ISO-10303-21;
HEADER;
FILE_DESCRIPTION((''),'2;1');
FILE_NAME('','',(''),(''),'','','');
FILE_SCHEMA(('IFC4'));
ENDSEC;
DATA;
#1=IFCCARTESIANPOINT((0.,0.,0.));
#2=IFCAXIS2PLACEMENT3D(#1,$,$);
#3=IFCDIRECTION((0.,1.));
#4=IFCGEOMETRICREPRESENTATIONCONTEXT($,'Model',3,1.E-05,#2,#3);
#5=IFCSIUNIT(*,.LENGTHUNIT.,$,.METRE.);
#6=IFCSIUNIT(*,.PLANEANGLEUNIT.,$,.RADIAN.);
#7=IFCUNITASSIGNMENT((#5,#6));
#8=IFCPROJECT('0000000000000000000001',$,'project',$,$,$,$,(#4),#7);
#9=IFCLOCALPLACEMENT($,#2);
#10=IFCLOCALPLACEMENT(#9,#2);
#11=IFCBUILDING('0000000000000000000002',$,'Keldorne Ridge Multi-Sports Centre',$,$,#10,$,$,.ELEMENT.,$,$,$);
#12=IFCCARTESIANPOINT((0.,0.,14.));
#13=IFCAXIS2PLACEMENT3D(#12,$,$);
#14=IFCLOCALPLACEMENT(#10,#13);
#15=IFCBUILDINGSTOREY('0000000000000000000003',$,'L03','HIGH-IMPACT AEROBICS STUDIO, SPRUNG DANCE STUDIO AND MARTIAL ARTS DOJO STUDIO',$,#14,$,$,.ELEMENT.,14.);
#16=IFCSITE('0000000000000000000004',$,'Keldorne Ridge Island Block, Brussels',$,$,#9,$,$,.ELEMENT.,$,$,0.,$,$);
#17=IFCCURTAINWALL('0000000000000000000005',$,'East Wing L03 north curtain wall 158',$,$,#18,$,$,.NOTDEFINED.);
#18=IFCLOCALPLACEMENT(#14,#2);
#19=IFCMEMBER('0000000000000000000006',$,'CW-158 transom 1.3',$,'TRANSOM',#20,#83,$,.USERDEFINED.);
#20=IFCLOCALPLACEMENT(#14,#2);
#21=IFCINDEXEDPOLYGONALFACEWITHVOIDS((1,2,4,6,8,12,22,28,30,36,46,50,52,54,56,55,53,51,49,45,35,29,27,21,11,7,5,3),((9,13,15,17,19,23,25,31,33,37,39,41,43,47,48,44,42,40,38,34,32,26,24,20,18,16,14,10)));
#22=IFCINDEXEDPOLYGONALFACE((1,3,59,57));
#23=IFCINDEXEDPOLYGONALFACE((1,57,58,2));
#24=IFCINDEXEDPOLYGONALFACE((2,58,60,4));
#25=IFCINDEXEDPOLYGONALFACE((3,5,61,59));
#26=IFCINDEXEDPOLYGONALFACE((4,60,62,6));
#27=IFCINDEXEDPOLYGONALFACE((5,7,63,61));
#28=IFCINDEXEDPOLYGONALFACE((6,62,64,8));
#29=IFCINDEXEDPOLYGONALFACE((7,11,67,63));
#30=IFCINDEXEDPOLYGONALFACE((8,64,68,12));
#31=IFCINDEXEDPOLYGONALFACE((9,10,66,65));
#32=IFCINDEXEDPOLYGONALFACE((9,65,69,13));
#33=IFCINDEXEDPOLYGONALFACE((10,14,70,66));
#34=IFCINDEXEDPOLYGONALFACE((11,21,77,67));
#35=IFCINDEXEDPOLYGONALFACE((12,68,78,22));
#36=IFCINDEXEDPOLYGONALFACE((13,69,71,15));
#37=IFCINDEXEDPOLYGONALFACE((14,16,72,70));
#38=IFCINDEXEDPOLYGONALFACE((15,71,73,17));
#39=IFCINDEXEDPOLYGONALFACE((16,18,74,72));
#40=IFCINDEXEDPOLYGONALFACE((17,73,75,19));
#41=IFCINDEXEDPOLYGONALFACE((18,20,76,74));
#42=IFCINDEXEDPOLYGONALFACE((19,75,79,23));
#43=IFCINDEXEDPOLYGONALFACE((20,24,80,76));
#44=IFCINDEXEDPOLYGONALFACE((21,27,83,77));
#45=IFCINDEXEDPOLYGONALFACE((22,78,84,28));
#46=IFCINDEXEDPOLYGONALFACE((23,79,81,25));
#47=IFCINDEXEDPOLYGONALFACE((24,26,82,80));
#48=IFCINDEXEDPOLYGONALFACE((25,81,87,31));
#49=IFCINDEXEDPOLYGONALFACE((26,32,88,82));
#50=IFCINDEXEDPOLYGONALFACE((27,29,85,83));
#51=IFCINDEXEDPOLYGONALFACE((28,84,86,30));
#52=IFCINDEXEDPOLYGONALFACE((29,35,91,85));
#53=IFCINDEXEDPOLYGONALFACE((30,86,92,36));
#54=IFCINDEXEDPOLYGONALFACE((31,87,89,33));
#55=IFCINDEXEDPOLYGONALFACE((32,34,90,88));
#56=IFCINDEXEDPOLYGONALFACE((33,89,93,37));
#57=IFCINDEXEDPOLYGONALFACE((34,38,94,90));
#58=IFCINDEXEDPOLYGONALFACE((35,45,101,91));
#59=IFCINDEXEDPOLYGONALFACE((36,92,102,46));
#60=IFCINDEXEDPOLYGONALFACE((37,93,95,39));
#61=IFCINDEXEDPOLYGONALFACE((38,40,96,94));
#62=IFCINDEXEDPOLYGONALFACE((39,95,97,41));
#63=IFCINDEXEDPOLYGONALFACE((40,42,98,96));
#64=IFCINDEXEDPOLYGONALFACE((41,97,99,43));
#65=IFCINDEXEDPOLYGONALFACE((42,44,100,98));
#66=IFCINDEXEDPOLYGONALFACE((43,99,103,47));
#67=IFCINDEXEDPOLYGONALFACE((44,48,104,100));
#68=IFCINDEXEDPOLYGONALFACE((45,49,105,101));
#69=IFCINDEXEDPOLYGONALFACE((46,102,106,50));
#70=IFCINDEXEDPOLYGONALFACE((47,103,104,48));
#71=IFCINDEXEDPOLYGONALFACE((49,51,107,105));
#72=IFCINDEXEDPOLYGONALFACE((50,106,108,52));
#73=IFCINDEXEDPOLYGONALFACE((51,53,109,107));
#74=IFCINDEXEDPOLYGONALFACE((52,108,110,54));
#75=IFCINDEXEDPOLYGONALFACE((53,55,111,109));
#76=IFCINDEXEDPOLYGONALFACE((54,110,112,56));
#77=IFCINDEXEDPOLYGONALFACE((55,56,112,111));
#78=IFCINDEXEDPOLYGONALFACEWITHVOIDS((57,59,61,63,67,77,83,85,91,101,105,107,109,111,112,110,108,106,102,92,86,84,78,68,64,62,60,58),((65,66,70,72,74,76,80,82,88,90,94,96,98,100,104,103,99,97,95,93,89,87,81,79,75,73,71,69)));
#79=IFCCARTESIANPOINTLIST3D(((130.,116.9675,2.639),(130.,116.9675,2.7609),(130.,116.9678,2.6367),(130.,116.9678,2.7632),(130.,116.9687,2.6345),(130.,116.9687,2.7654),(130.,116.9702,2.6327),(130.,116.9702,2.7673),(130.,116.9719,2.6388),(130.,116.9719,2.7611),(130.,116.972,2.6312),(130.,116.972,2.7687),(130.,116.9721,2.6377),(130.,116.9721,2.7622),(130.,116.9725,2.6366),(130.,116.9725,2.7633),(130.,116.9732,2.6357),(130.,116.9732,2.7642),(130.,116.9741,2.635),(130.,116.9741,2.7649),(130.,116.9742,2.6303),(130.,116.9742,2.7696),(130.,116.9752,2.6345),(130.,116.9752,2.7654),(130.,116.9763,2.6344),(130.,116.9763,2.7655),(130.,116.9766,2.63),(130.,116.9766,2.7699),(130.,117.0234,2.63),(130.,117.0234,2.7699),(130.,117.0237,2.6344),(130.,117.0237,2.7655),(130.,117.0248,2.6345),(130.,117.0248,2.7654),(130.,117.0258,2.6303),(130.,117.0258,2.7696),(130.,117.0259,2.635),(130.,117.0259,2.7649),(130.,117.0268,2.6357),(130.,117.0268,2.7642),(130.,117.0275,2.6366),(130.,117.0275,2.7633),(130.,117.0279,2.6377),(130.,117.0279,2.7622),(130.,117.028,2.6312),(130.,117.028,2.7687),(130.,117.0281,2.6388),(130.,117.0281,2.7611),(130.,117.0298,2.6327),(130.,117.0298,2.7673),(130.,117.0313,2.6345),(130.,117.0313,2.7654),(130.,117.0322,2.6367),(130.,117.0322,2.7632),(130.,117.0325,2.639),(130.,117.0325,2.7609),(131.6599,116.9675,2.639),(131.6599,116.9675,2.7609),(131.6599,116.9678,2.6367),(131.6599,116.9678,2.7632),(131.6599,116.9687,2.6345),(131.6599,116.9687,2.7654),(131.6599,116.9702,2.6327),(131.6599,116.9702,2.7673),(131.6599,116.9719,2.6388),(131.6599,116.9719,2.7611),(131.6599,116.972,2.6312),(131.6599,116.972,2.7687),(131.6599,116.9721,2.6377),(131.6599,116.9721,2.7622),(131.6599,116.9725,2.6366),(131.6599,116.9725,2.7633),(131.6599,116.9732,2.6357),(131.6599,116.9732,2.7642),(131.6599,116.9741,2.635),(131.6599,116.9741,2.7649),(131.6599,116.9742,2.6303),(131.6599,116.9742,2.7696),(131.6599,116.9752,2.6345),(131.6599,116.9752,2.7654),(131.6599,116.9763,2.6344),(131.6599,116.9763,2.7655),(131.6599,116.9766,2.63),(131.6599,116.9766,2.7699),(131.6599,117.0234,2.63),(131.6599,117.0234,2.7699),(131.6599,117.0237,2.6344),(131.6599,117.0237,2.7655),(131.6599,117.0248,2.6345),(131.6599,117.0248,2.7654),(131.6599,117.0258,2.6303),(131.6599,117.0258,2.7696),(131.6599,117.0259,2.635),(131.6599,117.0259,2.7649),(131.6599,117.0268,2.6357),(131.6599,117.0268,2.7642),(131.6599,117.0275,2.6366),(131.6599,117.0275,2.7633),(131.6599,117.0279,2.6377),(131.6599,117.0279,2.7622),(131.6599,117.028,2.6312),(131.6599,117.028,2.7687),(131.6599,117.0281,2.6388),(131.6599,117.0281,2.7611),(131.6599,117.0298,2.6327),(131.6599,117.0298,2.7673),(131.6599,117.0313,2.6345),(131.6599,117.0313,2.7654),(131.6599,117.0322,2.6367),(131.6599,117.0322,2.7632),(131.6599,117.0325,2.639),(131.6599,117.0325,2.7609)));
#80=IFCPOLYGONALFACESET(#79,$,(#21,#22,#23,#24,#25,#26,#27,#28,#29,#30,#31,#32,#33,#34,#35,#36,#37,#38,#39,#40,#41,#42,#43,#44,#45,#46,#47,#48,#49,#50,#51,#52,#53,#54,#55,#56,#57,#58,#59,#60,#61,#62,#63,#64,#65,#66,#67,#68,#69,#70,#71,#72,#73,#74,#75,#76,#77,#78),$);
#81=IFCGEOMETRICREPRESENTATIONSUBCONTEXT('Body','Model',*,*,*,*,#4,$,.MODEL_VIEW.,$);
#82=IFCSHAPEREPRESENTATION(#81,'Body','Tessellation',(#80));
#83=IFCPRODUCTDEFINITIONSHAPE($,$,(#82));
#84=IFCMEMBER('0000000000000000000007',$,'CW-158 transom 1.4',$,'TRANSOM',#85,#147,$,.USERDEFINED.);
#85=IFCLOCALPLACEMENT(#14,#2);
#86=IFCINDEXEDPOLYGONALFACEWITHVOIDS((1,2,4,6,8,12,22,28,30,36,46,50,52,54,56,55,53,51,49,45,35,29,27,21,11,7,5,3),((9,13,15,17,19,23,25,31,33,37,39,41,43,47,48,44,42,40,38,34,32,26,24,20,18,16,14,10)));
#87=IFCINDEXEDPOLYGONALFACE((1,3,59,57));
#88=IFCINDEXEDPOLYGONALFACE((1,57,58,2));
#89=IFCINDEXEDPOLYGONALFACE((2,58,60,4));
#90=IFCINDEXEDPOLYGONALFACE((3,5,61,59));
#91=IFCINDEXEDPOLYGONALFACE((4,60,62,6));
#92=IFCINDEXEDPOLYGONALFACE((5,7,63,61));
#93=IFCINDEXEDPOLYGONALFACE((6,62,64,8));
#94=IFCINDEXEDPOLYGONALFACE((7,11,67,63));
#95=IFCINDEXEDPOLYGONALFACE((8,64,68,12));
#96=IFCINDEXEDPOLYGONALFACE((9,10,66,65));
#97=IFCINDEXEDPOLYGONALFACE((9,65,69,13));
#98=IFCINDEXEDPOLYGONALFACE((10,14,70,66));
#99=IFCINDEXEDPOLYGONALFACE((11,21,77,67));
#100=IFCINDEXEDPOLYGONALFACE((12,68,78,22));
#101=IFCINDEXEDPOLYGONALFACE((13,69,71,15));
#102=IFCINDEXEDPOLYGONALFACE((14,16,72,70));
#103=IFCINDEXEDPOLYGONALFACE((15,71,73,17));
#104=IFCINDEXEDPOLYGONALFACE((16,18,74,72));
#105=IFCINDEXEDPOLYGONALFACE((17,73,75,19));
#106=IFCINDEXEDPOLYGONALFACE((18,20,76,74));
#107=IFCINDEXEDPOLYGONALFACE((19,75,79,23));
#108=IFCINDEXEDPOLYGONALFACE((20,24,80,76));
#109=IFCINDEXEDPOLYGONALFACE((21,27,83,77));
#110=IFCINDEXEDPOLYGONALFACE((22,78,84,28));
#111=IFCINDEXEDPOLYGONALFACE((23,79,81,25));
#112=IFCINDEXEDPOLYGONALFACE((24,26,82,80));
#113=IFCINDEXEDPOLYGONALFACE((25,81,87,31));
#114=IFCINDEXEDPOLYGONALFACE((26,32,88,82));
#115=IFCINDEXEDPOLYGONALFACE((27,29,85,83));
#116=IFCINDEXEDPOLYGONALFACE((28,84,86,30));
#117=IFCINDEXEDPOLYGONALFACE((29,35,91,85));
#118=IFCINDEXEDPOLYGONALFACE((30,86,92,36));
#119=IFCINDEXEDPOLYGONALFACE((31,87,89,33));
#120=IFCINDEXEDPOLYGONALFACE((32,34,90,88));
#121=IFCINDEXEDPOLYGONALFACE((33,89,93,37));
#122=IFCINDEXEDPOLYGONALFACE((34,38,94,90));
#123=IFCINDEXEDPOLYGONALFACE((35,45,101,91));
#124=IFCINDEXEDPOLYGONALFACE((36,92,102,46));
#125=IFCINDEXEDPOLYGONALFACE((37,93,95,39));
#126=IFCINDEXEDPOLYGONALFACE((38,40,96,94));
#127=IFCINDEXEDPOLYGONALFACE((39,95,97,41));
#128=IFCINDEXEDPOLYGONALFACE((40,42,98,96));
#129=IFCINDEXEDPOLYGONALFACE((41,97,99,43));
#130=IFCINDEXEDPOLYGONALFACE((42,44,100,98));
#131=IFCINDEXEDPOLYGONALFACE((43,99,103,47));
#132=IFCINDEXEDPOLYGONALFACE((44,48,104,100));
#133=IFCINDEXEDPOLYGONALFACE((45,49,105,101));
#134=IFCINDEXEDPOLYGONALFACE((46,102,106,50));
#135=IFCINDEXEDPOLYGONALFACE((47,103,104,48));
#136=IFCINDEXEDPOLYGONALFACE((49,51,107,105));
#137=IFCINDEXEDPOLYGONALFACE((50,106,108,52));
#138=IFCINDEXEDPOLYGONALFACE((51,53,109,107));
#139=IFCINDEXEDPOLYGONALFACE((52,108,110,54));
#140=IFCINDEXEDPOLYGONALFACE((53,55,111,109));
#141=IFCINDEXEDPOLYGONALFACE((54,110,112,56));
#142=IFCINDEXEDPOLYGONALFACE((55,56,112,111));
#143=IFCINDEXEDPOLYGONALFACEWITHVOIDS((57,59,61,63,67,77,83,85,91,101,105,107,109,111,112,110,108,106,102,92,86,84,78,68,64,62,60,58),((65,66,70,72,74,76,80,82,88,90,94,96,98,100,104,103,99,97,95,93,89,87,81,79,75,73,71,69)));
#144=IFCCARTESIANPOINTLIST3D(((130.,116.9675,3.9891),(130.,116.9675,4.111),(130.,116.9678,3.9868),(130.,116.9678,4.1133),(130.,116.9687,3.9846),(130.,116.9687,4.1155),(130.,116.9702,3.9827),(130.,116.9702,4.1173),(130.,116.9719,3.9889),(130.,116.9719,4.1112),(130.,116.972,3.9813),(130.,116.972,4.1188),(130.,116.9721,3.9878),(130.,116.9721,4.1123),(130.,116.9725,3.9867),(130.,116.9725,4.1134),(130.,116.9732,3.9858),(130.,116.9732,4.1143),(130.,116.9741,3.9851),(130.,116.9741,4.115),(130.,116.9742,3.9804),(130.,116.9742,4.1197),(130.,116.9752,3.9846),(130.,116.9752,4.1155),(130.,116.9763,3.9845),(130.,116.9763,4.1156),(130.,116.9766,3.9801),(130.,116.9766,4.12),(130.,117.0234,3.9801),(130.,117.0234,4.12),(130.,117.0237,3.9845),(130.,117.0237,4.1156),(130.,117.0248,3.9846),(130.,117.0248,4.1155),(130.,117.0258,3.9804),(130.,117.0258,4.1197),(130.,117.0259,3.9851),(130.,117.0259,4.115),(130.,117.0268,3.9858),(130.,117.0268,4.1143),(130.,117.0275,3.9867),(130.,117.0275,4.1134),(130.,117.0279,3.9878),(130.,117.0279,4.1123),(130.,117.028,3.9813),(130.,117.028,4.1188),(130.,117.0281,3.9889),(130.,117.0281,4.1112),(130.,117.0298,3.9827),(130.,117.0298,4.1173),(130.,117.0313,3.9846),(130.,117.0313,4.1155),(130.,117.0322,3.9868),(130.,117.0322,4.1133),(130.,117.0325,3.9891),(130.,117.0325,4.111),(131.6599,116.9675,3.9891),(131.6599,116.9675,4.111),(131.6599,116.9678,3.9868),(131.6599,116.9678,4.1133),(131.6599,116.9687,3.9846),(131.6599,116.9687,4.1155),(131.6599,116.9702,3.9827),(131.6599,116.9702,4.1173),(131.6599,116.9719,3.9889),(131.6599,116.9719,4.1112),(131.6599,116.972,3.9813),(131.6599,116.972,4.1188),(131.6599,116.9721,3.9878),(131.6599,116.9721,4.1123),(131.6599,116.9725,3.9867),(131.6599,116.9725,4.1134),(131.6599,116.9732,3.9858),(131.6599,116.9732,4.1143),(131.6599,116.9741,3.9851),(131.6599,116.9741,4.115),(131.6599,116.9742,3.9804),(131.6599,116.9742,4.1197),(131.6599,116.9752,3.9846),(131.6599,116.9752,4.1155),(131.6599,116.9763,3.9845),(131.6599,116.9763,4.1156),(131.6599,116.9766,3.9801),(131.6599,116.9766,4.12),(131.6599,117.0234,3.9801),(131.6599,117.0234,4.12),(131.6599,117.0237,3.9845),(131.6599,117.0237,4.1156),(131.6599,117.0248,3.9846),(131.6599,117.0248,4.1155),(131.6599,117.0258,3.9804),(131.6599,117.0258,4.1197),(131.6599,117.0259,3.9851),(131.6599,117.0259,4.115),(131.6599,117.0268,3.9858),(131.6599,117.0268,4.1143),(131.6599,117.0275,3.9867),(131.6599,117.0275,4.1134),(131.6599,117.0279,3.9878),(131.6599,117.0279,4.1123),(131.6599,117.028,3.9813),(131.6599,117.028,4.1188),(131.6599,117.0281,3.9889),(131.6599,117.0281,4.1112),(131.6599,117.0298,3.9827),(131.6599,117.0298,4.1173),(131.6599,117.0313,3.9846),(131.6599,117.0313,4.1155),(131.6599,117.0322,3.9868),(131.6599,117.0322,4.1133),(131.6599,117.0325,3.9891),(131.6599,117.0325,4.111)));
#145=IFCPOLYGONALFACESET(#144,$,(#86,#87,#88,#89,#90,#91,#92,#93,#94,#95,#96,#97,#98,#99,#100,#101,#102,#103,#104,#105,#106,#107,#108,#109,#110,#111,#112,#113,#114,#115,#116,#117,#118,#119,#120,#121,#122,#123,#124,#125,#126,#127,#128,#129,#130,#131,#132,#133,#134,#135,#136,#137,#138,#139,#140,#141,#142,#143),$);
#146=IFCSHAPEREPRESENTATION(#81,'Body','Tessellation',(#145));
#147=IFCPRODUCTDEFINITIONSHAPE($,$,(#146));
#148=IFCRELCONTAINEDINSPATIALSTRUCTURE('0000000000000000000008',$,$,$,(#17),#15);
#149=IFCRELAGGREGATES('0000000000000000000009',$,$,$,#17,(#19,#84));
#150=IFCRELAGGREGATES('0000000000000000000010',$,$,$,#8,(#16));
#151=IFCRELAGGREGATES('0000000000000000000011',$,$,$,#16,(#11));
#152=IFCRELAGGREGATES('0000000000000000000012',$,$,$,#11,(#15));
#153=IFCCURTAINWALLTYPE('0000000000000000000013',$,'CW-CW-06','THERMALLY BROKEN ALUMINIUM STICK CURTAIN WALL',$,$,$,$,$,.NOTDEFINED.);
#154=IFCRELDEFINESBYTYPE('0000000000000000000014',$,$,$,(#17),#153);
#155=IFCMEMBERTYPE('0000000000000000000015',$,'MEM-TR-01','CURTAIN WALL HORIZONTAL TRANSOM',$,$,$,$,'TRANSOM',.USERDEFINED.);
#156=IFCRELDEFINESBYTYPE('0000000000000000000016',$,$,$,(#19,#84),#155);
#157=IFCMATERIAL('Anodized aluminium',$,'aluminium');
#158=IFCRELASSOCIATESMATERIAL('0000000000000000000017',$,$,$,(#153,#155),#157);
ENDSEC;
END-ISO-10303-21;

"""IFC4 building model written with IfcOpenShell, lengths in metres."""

from ifc_helpers import new_model, si_unit, direction, frame, origin, origin_2d, place, context, subcontext, project, spatial, hollow_rectangle, extrude, material, material_profile, profile_set, type_object, element, aggregate, save


model = new_model("IFC4")

# Units and contexts
model_context = context("Model", 3, precision=1e-05, world=origin(), true_north=direction((0.0, 1.0)))
body_context = subcontext(model_context, "Body", "Model", "MODEL_VIEW")
ifc_project = project(units=[si_unit("LENGTHUNIT", "METRE"), si_unit("PLANEANGLEUNIT", "RADIAN")], contexts=[model_context])

# Site, building, storey
site_placement = place(None, origin())
site = spatial("IfcSite", under=ifc_project, at=site_placement, Name="Keldorne Ridge Island Block, Brussels", CompositionType="ELEMENT", RefElevation=0.0)
building_placement = place(site_placement, origin())
building = spatial("IfcBuilding", under=site, at=building_placement, Name="Keldorne Ridge Multi-Sports Centre", CompositionType="ELEMENT")
storey_placement = place(building_placement, frame((0.0, 0.0, 14.0)))
storey = spatial("IfcBuildingStorey", under=building, at=storey_placement, Name="L03", Description="HIGH-IMPACT AEROBICS STUDIO, SPRUNG DANCE STUDIO AND MARTIAL ARTS DOJO STUDIO", CompositionType="ELEMENT", Elevation=14.0)

# Curtain wall, members
ifc_material_1 = material(Name="Anodized aluminium", Category="aluminium")
curtain_wall_type = type_object("IfcCurtainWallType", Name="CW-CW-06", Description="THERMALLY BROKEN ALUMINIUM STICK CURTAIN WALL", PredefinedType="NOTDEFINED", material=ifc_material_1)
curtain_wall_placement = place(storey_placement, origin())
curtain_wall = element("IfcCurtainWall", 1, at=curtain_wall_placement, inside=storey, type_object=curtain_wall_type, Name="East Wing L03 north curtain wall 158", PredefinedType="NOTDEFINED")
ifc_material_profile_1 = material_profile(ifc_material_1, hollow_rectangle(XDim=0.0649, YDim=0.1399, WallThickness=0.0044, InnerFilletRadius=0.0044, OuterFilletRadius=0.009, at=origin_2d()), Name="ALU TRANSOM 140x65x4.5")
ifc_profile_set_1 = profile_set([ifc_material_profile_1], Name="Anodized aluminium")
member_type_1 = type_object("IfcMemberType", Name="MEM-TR-01", Description="CURTAIN WALL HORIZONTAL TRANSOM", ElementType="TRANSOM", PredefinedType="USERDEFINED", material=ifc_profile_set_1)
member_1_placement = place(storey_placement, frame((131.6599, 117.0, 2.7), z_axis=(-1.0, 0.0, 0.0), x_axis=(0.0, -1.0, 0.0)))
member_1 = element("IfcMember", 2, at=member_1_placement, type_object=member_type_1, Name="CW-158 transom 1.3", ObjectType="TRANSOM", PredefinedType="USERDEFINED", context=body_context, shape_type="SweptSolid", body=[
    extrude(hollow_rectangle(XDim=0.0649, YDim=0.1399, WallThickness=0.0044, InnerFilletRadius=0.0044, OuterFilletRadius=0.009, at=origin_2d()), origin(), (0.0, 0.0, 1.0), 1.6599),
])
member_2_placement = place(storey_placement, frame((131.6599, 117.0, 4.05), z_axis=(-1.0, 0.0, 0.0), x_axis=(0.0, -1.0, 0.0)))
member_2 = element("IfcMember", 3, at=member_2_placement, type_object=member_type_1, Name="CW-158 transom 1.4", ObjectType="TRANSOM", PredefinedType="USERDEFINED", context=body_context, shape_type="SweptSolid", body=[
    extrude(hollow_rectangle(XDim=0.0649, YDim=0.1399, WallThickness=0.0044, InnerFilletRadius=0.0044, OuterFilletRadius=0.009, at=origin_2d()), origin(), (0.0, 0.0, 1.0), 1.6599),
])
aggregate(curtain_wall, [member_1, member_2])

save(model, "model.ifc")
